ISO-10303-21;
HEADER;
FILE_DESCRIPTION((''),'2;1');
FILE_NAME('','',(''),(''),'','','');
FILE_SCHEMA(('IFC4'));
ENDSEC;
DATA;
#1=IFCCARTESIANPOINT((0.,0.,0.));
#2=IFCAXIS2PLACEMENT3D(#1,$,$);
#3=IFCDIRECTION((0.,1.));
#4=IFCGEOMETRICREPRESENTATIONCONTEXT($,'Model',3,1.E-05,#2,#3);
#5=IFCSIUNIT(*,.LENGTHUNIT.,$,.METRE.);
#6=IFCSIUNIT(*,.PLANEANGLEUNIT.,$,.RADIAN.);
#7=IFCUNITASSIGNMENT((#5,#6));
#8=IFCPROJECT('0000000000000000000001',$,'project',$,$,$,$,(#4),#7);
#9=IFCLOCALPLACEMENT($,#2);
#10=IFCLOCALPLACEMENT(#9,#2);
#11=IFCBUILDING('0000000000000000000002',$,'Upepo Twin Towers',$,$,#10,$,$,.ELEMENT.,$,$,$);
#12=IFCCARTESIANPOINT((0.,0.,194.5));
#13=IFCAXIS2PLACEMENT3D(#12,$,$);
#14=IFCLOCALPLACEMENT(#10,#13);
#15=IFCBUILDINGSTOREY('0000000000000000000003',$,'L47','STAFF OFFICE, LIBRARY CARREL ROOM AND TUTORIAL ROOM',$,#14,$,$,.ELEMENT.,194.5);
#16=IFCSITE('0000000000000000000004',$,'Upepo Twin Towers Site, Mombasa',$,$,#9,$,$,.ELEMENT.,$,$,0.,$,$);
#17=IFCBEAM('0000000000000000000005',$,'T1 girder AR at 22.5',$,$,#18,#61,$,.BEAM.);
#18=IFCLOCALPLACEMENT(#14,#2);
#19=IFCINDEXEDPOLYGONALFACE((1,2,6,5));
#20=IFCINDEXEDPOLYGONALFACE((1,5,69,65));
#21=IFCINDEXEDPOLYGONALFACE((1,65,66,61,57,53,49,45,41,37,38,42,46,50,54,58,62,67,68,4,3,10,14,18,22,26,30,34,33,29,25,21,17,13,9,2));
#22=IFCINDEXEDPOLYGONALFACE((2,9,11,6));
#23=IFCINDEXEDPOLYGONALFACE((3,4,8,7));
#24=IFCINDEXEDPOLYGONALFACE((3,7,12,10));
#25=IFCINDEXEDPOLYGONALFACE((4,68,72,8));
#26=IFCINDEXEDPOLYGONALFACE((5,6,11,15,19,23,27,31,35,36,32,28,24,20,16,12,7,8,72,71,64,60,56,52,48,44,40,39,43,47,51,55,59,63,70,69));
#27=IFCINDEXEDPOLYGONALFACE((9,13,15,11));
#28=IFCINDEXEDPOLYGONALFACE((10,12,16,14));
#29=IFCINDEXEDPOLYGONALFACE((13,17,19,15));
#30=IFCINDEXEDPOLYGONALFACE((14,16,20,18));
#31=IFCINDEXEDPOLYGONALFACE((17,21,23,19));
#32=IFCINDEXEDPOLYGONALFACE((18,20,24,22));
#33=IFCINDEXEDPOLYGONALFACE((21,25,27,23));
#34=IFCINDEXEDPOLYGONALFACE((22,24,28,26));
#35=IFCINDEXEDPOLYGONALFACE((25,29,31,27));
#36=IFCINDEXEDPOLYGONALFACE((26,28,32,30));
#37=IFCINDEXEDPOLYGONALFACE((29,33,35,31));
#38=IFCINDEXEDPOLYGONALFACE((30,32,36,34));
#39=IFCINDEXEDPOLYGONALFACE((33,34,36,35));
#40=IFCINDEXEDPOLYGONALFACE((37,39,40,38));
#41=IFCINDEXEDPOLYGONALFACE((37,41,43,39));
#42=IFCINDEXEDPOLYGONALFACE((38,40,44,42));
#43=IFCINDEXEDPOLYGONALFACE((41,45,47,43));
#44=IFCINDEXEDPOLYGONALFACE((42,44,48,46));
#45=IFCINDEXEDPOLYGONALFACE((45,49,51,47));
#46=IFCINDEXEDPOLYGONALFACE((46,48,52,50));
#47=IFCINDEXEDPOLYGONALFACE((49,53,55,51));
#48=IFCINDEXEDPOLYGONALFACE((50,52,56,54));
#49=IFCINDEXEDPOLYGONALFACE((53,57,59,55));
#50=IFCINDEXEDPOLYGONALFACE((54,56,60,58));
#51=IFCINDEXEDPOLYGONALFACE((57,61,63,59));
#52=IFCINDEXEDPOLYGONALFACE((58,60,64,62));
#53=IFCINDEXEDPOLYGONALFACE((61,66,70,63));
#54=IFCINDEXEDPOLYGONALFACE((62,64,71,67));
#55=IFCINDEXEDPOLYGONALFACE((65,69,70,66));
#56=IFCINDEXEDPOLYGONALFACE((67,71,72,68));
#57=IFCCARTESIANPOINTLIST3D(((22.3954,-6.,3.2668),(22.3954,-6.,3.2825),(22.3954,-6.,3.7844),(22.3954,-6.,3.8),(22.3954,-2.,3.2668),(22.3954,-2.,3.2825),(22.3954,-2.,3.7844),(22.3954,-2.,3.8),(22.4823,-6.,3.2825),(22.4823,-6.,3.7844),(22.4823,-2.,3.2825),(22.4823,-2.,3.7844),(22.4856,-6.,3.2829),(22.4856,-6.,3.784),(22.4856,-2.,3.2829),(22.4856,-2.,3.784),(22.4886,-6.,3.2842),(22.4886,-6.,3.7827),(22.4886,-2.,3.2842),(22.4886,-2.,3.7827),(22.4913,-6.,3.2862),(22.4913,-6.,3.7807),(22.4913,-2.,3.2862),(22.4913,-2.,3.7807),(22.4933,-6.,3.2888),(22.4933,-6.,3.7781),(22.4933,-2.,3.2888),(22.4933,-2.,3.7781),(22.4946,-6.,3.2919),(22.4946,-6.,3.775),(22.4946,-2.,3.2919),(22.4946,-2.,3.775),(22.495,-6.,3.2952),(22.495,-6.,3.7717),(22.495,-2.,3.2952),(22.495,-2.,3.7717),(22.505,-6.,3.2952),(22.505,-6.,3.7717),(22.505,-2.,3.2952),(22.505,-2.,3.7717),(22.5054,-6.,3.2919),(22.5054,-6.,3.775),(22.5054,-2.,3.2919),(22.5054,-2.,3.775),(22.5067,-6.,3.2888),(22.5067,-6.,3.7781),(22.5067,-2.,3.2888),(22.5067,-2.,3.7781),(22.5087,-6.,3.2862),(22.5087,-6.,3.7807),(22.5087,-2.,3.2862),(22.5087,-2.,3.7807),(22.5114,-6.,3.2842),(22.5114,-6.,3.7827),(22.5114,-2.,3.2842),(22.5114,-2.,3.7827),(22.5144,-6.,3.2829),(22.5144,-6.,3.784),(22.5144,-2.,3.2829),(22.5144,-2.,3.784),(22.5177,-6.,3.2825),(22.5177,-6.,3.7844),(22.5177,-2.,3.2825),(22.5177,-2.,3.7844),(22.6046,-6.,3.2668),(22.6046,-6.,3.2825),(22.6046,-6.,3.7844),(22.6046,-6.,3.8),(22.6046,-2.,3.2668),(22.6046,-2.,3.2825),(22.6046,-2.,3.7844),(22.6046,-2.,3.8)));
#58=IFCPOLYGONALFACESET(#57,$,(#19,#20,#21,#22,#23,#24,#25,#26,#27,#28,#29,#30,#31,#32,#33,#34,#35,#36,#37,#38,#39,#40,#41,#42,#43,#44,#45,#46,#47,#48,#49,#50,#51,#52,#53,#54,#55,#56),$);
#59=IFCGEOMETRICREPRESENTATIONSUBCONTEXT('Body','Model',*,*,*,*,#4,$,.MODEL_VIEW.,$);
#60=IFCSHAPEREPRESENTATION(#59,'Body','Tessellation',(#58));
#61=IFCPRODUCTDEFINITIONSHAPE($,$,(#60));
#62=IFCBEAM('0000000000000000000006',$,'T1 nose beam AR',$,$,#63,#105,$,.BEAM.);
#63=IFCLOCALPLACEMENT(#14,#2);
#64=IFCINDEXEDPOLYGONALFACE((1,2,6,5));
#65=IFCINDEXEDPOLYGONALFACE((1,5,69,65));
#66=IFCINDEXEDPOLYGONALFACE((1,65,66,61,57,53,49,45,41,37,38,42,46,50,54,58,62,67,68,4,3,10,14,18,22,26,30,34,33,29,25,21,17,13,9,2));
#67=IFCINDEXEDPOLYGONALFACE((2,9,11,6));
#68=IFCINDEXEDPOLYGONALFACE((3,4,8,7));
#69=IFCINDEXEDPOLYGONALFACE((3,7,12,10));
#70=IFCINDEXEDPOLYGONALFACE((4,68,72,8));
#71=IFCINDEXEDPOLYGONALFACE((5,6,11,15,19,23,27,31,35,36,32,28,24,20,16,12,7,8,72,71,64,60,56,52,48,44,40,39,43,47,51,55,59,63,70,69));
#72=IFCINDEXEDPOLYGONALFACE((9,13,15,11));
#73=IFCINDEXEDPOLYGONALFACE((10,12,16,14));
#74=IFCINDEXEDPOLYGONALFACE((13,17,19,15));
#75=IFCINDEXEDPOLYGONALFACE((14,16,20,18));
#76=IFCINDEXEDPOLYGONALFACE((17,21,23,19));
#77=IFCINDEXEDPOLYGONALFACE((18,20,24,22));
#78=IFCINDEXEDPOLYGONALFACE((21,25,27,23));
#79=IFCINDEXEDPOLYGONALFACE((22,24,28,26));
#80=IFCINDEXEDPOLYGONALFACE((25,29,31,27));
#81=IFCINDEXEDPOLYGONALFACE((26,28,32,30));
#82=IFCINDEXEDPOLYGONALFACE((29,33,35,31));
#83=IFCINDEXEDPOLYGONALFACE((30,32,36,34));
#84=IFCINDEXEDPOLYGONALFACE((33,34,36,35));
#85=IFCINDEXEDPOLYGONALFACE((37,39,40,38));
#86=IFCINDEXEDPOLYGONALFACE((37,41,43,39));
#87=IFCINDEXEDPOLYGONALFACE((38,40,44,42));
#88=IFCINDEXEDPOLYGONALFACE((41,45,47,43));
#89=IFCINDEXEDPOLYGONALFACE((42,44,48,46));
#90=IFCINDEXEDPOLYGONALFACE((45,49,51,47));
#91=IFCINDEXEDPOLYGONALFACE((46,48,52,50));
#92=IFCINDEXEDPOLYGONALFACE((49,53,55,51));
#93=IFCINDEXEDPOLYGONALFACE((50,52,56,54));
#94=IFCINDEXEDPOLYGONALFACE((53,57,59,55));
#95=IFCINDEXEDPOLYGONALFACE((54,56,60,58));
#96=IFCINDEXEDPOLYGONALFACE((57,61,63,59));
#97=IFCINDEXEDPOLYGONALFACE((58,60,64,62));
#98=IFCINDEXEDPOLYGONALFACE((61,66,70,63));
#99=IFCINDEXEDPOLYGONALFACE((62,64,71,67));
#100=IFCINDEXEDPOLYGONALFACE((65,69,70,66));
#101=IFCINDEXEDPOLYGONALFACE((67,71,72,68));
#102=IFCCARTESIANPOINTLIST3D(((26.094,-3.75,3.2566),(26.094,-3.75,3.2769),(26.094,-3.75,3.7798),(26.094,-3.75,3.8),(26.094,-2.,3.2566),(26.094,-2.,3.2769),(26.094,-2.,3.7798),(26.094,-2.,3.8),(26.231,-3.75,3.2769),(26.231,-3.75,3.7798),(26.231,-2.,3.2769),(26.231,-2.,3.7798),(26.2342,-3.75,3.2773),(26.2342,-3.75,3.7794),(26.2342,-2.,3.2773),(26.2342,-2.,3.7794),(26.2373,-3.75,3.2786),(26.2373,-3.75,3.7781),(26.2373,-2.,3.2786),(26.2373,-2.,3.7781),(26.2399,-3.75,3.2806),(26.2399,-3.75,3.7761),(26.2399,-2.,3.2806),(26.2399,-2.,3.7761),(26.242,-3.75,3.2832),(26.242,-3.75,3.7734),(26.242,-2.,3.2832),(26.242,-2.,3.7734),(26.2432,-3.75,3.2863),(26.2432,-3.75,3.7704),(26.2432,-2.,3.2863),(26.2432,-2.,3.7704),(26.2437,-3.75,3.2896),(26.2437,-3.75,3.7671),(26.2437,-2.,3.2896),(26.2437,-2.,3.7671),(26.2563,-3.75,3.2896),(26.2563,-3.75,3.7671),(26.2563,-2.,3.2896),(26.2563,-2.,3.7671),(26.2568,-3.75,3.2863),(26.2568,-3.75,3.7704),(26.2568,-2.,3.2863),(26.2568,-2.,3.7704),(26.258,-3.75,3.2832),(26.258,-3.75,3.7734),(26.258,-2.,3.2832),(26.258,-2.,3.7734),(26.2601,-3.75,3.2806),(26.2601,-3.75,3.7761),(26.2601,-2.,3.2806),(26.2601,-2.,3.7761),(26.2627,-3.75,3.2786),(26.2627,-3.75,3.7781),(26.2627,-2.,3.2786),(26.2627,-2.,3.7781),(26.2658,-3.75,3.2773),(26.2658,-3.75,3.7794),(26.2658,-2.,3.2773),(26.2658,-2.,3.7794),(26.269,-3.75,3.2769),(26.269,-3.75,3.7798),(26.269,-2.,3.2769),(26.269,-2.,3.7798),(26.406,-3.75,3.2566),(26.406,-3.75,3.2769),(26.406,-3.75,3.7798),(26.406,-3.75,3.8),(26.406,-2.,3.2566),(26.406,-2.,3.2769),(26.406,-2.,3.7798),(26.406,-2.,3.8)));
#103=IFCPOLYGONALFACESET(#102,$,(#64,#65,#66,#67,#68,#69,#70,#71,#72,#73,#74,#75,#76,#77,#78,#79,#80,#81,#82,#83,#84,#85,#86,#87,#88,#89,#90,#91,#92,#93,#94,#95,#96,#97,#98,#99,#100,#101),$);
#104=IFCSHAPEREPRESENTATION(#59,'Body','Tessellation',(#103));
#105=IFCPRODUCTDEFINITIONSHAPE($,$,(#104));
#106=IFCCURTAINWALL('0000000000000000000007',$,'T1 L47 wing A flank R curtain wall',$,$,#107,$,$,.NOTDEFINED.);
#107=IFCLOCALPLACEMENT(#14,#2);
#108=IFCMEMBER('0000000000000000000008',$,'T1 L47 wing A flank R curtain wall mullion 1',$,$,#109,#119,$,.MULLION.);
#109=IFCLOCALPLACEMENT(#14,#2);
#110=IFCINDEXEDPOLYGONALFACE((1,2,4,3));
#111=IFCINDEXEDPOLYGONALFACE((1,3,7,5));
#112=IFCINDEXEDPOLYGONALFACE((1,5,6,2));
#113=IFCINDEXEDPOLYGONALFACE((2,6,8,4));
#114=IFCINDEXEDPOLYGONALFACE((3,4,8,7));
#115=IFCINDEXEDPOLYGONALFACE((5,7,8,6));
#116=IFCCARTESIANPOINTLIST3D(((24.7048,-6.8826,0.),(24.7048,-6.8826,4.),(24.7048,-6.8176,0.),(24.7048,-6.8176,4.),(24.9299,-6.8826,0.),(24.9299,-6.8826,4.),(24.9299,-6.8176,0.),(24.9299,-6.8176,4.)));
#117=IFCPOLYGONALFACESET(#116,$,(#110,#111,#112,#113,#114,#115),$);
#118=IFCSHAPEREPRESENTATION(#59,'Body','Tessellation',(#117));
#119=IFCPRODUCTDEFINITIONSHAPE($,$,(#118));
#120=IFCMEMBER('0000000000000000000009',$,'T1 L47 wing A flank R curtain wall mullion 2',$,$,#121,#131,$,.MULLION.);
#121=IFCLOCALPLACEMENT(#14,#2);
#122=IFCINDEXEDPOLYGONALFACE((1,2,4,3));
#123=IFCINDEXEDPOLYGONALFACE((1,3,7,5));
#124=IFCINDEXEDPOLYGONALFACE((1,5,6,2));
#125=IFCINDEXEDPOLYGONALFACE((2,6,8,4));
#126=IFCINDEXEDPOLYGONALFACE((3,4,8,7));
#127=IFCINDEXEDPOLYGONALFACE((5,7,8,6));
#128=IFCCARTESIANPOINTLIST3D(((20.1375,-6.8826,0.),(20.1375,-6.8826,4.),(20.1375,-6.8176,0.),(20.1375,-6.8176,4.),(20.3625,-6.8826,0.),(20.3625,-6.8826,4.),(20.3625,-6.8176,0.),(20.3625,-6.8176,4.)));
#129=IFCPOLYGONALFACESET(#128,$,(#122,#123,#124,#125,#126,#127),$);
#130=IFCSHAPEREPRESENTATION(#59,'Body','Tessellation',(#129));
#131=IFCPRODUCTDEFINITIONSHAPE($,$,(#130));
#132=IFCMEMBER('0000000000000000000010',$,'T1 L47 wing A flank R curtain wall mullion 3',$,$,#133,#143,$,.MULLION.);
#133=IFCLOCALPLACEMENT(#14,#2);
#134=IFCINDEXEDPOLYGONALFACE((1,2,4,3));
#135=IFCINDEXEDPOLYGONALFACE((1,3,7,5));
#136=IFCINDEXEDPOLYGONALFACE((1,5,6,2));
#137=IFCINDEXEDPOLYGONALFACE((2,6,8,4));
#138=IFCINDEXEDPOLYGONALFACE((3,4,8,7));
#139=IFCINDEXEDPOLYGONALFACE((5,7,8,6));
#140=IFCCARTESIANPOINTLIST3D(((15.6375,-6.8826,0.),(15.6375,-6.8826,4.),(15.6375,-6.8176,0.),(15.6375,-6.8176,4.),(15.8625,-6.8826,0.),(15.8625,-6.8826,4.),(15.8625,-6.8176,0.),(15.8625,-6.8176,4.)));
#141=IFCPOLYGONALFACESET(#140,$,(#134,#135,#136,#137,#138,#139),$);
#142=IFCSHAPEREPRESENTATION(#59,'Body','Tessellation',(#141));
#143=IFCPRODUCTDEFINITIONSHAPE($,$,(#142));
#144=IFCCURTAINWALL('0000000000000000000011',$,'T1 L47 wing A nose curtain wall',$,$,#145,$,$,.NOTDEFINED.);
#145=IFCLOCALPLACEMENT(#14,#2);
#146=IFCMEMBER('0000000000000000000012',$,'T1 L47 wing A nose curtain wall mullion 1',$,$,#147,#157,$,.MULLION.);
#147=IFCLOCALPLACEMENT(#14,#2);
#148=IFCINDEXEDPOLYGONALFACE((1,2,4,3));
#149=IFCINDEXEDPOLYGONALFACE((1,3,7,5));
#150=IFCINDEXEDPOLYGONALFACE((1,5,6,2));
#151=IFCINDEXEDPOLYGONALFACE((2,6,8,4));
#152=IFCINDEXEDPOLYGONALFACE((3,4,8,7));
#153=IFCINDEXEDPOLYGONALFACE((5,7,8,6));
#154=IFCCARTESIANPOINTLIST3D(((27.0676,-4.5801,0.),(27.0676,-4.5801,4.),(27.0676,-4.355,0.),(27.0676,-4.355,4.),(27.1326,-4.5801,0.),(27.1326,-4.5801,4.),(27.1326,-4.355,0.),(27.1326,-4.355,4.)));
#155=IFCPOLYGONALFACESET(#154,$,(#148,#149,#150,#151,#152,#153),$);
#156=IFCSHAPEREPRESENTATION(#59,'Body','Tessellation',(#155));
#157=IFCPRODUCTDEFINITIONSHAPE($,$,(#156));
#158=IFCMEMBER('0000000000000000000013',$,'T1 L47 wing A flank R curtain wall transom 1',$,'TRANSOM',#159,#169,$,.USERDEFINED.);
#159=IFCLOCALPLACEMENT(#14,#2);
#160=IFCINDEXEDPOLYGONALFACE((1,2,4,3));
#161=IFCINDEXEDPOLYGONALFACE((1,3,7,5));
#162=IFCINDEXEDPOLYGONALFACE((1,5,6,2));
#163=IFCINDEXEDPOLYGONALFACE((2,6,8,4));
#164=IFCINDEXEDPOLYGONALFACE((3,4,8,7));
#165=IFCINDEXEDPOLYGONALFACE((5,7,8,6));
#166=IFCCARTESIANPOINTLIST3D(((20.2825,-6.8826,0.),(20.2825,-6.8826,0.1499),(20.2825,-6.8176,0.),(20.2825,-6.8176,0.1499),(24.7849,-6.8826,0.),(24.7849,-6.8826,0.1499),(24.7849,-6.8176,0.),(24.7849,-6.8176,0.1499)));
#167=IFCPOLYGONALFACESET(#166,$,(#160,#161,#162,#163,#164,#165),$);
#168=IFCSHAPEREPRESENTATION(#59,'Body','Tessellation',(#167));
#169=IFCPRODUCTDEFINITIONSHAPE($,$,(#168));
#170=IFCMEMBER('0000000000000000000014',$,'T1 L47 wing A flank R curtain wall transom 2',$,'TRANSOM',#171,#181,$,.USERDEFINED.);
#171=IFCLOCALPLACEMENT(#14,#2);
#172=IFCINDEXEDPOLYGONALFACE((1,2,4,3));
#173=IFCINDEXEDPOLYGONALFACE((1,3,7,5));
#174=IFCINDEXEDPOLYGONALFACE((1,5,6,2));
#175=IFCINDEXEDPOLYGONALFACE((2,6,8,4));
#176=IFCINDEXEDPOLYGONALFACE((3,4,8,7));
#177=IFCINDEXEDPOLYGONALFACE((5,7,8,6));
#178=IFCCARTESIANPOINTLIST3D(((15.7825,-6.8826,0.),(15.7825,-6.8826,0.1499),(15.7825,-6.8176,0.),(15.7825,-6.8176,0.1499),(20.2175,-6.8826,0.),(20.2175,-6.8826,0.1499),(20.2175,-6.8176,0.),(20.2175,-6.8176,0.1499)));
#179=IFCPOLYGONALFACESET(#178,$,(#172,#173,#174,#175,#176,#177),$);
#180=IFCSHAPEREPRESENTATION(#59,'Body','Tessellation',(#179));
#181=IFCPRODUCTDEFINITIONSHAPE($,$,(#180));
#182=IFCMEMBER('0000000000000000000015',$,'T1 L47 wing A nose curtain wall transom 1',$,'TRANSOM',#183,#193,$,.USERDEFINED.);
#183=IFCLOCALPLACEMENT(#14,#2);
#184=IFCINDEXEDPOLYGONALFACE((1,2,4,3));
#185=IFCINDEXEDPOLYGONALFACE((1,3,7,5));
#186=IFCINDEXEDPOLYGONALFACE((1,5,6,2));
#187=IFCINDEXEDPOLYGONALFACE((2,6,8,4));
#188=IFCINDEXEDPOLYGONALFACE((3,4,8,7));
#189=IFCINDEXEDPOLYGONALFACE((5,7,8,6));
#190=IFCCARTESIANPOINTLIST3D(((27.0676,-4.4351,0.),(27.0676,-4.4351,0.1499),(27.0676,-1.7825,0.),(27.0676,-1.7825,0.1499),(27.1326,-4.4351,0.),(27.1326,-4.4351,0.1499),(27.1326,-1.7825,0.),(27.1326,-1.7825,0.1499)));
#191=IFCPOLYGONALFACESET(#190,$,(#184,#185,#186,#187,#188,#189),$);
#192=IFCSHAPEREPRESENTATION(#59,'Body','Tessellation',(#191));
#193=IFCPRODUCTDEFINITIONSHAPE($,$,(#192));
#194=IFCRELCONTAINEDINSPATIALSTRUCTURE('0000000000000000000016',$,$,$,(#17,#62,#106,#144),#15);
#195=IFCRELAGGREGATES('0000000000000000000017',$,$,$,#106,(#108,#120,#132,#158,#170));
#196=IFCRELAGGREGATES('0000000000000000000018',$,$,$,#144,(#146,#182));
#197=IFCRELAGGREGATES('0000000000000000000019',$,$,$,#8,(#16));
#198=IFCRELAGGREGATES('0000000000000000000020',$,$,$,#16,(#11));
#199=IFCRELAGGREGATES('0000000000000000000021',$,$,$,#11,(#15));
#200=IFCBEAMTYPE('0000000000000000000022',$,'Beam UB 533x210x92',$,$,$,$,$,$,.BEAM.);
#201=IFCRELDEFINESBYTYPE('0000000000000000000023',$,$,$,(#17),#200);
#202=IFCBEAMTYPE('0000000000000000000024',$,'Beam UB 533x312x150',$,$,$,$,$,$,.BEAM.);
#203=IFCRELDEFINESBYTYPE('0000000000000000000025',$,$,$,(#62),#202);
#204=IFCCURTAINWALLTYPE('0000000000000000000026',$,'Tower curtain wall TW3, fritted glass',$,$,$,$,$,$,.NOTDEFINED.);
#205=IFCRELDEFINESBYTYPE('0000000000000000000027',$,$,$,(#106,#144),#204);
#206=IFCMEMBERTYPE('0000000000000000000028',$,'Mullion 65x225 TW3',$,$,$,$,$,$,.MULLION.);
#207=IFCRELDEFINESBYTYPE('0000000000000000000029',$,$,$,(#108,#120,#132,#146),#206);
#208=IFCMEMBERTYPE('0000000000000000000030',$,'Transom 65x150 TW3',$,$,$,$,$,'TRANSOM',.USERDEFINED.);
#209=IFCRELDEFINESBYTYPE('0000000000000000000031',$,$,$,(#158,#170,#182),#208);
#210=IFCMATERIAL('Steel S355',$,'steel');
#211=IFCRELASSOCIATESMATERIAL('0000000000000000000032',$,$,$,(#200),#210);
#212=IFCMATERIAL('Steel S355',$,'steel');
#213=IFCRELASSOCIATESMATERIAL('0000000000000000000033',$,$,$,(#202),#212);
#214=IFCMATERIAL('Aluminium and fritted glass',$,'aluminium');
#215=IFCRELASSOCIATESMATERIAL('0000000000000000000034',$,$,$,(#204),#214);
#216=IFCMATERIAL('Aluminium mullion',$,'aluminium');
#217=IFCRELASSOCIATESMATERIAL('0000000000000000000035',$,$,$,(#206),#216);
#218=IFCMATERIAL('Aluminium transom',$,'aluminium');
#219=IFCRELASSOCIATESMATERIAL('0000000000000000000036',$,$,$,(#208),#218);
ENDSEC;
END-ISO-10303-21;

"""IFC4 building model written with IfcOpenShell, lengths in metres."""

from ifc_helpers import new_model, si_unit, direction, frame, origin, origin_2d, place, context, subcontext, project, spatial, rectangle, i_section, extrude, material, material_profile, profile_set, type_object, element, aggregate, save


model = new_model("IFC4")

# Units and contexts
model_context = context("Model", 3, precision=1e-05, world=origin(), true_north=direction((0.0, 1.0)))
body_context = subcontext(model_context, "Body", "Model", "MODEL_VIEW")
ifc_project = project(units=[si_unit("LENGTHUNIT", "METRE"), si_unit("PLANEANGLEUNIT", "RADIAN")], contexts=[model_context])

# Site, building, storey
site_placement = place(None, origin())
site = spatial("IfcSite", under=ifc_project, at=site_placement, Name="Upepo Twin Towers Site, Mombasa", CompositionType="ELEMENT", RefElevation=0.0)
building_placement = place(site_placement, origin())
building = spatial("IfcBuilding", under=site, at=building_placement, Name="Upepo Twin Towers", CompositionType="ELEMENT")
storey_placement = place(building_placement, frame((0.0, 0.0, 194.5)))
storey = spatial("IfcBuildingStorey", under=building, at=storey_placement, Name="L47", Description="STAFF OFFICE, LIBRARY CARREL ROOM AND TUTORIAL ROOM", CompositionType="ELEMENT", Elevation=194.5)

# Beams
ifc_material_1 = material(Name="Steel S355", Category="steel")
ifc_material_profile_1 = material_profile(ifc_material_1, i_section(OverallWidth=0.2092, OverallDepth=0.5332, WebThickness=0.01, FlangeThickness=0.0156, FilletRadius=0.0127, at=origin_2d()), Name="UB 533x210x92")
ifc_profile_set_1 = profile_set([ifc_material_profile_1], Name="Steel S355")
beam_type_1 = type_object("IfcBeamType", Name="Beam UB 533x210x92", PredefinedType="BEAM", material=ifc_profile_set_1)
for number, where, z_axis, x_axis, name in (
    (1, (22.5, -6.0, 3.5334), (0.0, 1.0, 0.0), (-1.0, 0.0, 0.0), "T1 girder AR at 22.5"),
):
    element("IfcBeam", number, at=place(storey_placement, frame(where, z_axis=z_axis, x_axis=x_axis)), inside=storey, type_object=beam_type_1, Name=name, PredefinedType="BEAM", context=body_context, shape_type="SweptSolid", body=[
        extrude(i_section(OverallWidth=0.2092, OverallDepth=0.5332, WebThickness=0.01, FlangeThickness=0.0156, FilletRadius=0.0127, at=origin_2d()), origin(), (0.0, 0.0, 1.0), 4.0),
    ])
ifc_material_2 = material(Name="Steel S355", Category="steel")
ifc_material_profile_2 = material_profile(ifc_material_2, i_section(OverallWidth=0.312, OverallDepth=0.5435, WebThickness=0.0127, FlangeThickness=0.0203, FilletRadius=0.0127, at=origin_2d()), Name="UB 533x312x150")
ifc_profile_set_2 = profile_set([ifc_material_profile_2], Name="Steel S355")
beam_type_2 = type_object("IfcBeamType", Name="Beam UB 533x312x150", PredefinedType="BEAM", material=ifc_profile_set_2)
beam_1_placement = place(storey_placement, frame((26.25, -3.75, 3.5283), z_axis=(0.0, 1.0, 0.0), x_axis=(-1.0, 0.0, 0.0)))
element("IfcBeam", 2, at=beam_1_placement, inside=storey, type_object=beam_type_2, Name="T1 nose beam AR", PredefinedType="BEAM", context=body_context, shape_type="SweptSolid", body=[
    extrude(i_section(OverallWidth=0.312, OverallDepth=0.5435, WebThickness=0.0127, FlangeThickness=0.0203, FilletRadius=0.0127, at=origin_2d()), origin(), (0.0, 0.0, 1.0), 1.75),
])

# Curtain wall, members
ifc_material_3 = material(Name="Aluminium and fritted glass", Category="aluminium")
curtain_wall_type = type_object("IfcCurtainWallType", Name="Tower curtain wall TW3, fritted glass", PredefinedType="NOTDEFINED", material=ifc_material_3)
curtain_wall_1_placement = place(storey_placement, origin())
curtain_wall_1 = element("IfcCurtainWall", 3, at=curtain_wall_1_placement, inside=storey, type_object=curtain_wall_type, Name="T1 L47 wing A flank R curtain wall", PredefinedType="NOTDEFINED")
ifc_material_4 = material(Name="Aluminium mullion", Category="aluminium")
ifc_material_profile_3 = material_profile(ifc_material_4, rectangle(XDim=0.0649, YDim=0.2251, at=origin_2d()), Name="MULLION 65x225")
ifc_profile_set_3 = profile_set([ifc_material_profile_3], Name="Aluminium mullion")
member_type_1 = type_object("IfcMemberType", Name="Mullion 65x225 TW3", PredefinedType="MULLION", material=ifc_profile_set_3)
member_1_placement = place(storey_placement, frame((24.8174, -6.8501, 0.0), z_axis=(0.0, 0.0, 1.0), x_axis=(0.0, -1.0, 0.0)))
member_1 = element("IfcMember", 4, at=member_1_placement, type_object=member_type_1, Name="T1 L47 wing A flank R curtain wall mullion 1", PredefinedType="MULLION", context=body_context, shape_type="SweptSolid", body=[
    extrude(rectangle(XDim=0.0649, YDim=0.2251, at=origin_2d()), origin(), (0.0, 0.0, 1.0), 4.0),
])
member_2_placement = place(storey_placement, frame((20.25, -6.8501, 0.0), z_axis=(0.0, 0.0, 1.0), x_axis=(0.0, -1.0, 0.0)))
member_2 = element("IfcMember", 5, at=member_2_placement, type_object=member_type_1, Name="T1 L47 wing A flank R curtain wall mullion 2", PredefinedType="MULLION", context=body_context, shape_type="SweptSolid", body=[
    extrude(rectangle(XDim=0.0649, YDim=0.2251, at=origin_2d()), origin(), (0.0, 0.0, 1.0), 4.0),
])
member_3_placement = place(storey_placement, frame((15.75, -6.8501, 0.0), z_axis=(0.0, 0.0, 1.0), x_axis=(0.0, -1.0, 0.0)))
member_3 = element("IfcMember", 6, at=member_3_placement, type_object=member_type_1, Name="T1 L47 wing A flank R curtain wall mullion 3", PredefinedType="MULLION", context=body_context, shape_type="SweptSolid", body=[
    extrude(rectangle(XDim=0.0649, YDim=0.2251, at=origin_2d()), origin(), (0.0, 0.0, 1.0), 4.0),
])

# Curtain wall, member
curtain_wall_2_placement = place(storey_placement, origin())
curtain_wall_2 = element("IfcCurtainWall", 7, at=curtain_wall_2_placement, inside=storey, type_object=curtain_wall_type, Name="T1 L47 wing A nose curtain wall", PredefinedType="NOTDEFINED")
member_4_placement = place(storey_placement, frame((27.1001, -4.4675, 0.0), z_axis=(0.0, 0.0, 1.0), x_axis=(-1.0, 0.0, 0.0)))
member_4 = element("IfcMember", 8, at=member_4_placement, type_object=member_type_1, Name="T1 L47 wing A nose curtain wall mullion 1", PredefinedType="MULLION", context=body_context, shape_type="SweptSolid", body=[
    extrude(rectangle(XDim=0.0649, YDim=0.2251, at=origin_2d()), origin(), (0.0, 0.0, 1.0), 4.0),
])

# Members
ifc_material_5 = material(Name="Aluminium transom", Category="aluminium")
ifc_material_profile_4 = material_profile(ifc_material_5, rectangle(XDim=0.0649, YDim=0.1499, at=origin_2d()), Name="TRANSOM 65x150")
ifc_profile_set_4 = profile_set([ifc_material_profile_4], Name="Aluminium transom")
member_type_2 = type_object("IfcMemberType", Name="Transom 65x150 TW3", ElementType="TRANSOM", PredefinedType="USERDEFINED", material=ifc_profile_set_4)
member_5_placement = place(storey_placement, frame((24.7849, -6.8501, 0.075), z_axis=(-1.0, 0.0, 0.0), x_axis=(0.0, -1.0, 0.0)))
member_5 = element("IfcMember", 9, at=member_5_placement, type_object=member_type_2, Name="T1 L47 wing A flank R curtain wall transom 1", ObjectType="TRANSOM", PredefinedType="USERDEFINED", context=body_context, shape_type="SweptSolid", body=[
    extrude(rectangle(XDim=0.0649, YDim=0.1499, at=origin_2d()), origin(), (0.0, 0.0, 1.0), 4.5024),
])
member_6_placement = place(storey_placement, frame((20.2175, -6.8501, 0.075), z_axis=(-1.0, 0.0, 0.0), x_axis=(0.0, -1.0, 0.0)))
member_6 = element("IfcMember", 10, at=member_6_placement, type_object=member_type_2, Name="T1 L47 wing A flank R curtain wall transom 2", ObjectType="TRANSOM", PredefinedType="USERDEFINED", context=body_context, shape_type="SweptSolid", body=[
    extrude(rectangle(XDim=0.0649, YDim=0.1499, at=origin_2d()), origin(), (0.0, 0.0, 1.0), 4.4351),
])
member_7_placement = place(storey_placement, frame((27.1001, -4.4351, 0.075), z_axis=(0.0, 1.0, 0.0), x_axis=(-1.0, 0.0, 0.0)))
member_7 = element("IfcMember", 11, at=member_7_placement, type_object=member_type_2, Name="T1 L47 wing A nose curtain wall transom 1", ObjectType="TRANSOM", PredefinedType="USERDEFINED", context=body_context, shape_type="SweptSolid", body=[
    extrude(rectangle(XDim=0.0649, YDim=0.1499, at=origin_2d()), origin(), (0.0, 0.0, 1.0), 2.6526),
])

aggregate(curtain_wall_1, [member_1, member_2, member_3, member_5, member_6])
aggregate(curtain_wall_2, [member_4, member_7])

save(model, "model.ifc")
